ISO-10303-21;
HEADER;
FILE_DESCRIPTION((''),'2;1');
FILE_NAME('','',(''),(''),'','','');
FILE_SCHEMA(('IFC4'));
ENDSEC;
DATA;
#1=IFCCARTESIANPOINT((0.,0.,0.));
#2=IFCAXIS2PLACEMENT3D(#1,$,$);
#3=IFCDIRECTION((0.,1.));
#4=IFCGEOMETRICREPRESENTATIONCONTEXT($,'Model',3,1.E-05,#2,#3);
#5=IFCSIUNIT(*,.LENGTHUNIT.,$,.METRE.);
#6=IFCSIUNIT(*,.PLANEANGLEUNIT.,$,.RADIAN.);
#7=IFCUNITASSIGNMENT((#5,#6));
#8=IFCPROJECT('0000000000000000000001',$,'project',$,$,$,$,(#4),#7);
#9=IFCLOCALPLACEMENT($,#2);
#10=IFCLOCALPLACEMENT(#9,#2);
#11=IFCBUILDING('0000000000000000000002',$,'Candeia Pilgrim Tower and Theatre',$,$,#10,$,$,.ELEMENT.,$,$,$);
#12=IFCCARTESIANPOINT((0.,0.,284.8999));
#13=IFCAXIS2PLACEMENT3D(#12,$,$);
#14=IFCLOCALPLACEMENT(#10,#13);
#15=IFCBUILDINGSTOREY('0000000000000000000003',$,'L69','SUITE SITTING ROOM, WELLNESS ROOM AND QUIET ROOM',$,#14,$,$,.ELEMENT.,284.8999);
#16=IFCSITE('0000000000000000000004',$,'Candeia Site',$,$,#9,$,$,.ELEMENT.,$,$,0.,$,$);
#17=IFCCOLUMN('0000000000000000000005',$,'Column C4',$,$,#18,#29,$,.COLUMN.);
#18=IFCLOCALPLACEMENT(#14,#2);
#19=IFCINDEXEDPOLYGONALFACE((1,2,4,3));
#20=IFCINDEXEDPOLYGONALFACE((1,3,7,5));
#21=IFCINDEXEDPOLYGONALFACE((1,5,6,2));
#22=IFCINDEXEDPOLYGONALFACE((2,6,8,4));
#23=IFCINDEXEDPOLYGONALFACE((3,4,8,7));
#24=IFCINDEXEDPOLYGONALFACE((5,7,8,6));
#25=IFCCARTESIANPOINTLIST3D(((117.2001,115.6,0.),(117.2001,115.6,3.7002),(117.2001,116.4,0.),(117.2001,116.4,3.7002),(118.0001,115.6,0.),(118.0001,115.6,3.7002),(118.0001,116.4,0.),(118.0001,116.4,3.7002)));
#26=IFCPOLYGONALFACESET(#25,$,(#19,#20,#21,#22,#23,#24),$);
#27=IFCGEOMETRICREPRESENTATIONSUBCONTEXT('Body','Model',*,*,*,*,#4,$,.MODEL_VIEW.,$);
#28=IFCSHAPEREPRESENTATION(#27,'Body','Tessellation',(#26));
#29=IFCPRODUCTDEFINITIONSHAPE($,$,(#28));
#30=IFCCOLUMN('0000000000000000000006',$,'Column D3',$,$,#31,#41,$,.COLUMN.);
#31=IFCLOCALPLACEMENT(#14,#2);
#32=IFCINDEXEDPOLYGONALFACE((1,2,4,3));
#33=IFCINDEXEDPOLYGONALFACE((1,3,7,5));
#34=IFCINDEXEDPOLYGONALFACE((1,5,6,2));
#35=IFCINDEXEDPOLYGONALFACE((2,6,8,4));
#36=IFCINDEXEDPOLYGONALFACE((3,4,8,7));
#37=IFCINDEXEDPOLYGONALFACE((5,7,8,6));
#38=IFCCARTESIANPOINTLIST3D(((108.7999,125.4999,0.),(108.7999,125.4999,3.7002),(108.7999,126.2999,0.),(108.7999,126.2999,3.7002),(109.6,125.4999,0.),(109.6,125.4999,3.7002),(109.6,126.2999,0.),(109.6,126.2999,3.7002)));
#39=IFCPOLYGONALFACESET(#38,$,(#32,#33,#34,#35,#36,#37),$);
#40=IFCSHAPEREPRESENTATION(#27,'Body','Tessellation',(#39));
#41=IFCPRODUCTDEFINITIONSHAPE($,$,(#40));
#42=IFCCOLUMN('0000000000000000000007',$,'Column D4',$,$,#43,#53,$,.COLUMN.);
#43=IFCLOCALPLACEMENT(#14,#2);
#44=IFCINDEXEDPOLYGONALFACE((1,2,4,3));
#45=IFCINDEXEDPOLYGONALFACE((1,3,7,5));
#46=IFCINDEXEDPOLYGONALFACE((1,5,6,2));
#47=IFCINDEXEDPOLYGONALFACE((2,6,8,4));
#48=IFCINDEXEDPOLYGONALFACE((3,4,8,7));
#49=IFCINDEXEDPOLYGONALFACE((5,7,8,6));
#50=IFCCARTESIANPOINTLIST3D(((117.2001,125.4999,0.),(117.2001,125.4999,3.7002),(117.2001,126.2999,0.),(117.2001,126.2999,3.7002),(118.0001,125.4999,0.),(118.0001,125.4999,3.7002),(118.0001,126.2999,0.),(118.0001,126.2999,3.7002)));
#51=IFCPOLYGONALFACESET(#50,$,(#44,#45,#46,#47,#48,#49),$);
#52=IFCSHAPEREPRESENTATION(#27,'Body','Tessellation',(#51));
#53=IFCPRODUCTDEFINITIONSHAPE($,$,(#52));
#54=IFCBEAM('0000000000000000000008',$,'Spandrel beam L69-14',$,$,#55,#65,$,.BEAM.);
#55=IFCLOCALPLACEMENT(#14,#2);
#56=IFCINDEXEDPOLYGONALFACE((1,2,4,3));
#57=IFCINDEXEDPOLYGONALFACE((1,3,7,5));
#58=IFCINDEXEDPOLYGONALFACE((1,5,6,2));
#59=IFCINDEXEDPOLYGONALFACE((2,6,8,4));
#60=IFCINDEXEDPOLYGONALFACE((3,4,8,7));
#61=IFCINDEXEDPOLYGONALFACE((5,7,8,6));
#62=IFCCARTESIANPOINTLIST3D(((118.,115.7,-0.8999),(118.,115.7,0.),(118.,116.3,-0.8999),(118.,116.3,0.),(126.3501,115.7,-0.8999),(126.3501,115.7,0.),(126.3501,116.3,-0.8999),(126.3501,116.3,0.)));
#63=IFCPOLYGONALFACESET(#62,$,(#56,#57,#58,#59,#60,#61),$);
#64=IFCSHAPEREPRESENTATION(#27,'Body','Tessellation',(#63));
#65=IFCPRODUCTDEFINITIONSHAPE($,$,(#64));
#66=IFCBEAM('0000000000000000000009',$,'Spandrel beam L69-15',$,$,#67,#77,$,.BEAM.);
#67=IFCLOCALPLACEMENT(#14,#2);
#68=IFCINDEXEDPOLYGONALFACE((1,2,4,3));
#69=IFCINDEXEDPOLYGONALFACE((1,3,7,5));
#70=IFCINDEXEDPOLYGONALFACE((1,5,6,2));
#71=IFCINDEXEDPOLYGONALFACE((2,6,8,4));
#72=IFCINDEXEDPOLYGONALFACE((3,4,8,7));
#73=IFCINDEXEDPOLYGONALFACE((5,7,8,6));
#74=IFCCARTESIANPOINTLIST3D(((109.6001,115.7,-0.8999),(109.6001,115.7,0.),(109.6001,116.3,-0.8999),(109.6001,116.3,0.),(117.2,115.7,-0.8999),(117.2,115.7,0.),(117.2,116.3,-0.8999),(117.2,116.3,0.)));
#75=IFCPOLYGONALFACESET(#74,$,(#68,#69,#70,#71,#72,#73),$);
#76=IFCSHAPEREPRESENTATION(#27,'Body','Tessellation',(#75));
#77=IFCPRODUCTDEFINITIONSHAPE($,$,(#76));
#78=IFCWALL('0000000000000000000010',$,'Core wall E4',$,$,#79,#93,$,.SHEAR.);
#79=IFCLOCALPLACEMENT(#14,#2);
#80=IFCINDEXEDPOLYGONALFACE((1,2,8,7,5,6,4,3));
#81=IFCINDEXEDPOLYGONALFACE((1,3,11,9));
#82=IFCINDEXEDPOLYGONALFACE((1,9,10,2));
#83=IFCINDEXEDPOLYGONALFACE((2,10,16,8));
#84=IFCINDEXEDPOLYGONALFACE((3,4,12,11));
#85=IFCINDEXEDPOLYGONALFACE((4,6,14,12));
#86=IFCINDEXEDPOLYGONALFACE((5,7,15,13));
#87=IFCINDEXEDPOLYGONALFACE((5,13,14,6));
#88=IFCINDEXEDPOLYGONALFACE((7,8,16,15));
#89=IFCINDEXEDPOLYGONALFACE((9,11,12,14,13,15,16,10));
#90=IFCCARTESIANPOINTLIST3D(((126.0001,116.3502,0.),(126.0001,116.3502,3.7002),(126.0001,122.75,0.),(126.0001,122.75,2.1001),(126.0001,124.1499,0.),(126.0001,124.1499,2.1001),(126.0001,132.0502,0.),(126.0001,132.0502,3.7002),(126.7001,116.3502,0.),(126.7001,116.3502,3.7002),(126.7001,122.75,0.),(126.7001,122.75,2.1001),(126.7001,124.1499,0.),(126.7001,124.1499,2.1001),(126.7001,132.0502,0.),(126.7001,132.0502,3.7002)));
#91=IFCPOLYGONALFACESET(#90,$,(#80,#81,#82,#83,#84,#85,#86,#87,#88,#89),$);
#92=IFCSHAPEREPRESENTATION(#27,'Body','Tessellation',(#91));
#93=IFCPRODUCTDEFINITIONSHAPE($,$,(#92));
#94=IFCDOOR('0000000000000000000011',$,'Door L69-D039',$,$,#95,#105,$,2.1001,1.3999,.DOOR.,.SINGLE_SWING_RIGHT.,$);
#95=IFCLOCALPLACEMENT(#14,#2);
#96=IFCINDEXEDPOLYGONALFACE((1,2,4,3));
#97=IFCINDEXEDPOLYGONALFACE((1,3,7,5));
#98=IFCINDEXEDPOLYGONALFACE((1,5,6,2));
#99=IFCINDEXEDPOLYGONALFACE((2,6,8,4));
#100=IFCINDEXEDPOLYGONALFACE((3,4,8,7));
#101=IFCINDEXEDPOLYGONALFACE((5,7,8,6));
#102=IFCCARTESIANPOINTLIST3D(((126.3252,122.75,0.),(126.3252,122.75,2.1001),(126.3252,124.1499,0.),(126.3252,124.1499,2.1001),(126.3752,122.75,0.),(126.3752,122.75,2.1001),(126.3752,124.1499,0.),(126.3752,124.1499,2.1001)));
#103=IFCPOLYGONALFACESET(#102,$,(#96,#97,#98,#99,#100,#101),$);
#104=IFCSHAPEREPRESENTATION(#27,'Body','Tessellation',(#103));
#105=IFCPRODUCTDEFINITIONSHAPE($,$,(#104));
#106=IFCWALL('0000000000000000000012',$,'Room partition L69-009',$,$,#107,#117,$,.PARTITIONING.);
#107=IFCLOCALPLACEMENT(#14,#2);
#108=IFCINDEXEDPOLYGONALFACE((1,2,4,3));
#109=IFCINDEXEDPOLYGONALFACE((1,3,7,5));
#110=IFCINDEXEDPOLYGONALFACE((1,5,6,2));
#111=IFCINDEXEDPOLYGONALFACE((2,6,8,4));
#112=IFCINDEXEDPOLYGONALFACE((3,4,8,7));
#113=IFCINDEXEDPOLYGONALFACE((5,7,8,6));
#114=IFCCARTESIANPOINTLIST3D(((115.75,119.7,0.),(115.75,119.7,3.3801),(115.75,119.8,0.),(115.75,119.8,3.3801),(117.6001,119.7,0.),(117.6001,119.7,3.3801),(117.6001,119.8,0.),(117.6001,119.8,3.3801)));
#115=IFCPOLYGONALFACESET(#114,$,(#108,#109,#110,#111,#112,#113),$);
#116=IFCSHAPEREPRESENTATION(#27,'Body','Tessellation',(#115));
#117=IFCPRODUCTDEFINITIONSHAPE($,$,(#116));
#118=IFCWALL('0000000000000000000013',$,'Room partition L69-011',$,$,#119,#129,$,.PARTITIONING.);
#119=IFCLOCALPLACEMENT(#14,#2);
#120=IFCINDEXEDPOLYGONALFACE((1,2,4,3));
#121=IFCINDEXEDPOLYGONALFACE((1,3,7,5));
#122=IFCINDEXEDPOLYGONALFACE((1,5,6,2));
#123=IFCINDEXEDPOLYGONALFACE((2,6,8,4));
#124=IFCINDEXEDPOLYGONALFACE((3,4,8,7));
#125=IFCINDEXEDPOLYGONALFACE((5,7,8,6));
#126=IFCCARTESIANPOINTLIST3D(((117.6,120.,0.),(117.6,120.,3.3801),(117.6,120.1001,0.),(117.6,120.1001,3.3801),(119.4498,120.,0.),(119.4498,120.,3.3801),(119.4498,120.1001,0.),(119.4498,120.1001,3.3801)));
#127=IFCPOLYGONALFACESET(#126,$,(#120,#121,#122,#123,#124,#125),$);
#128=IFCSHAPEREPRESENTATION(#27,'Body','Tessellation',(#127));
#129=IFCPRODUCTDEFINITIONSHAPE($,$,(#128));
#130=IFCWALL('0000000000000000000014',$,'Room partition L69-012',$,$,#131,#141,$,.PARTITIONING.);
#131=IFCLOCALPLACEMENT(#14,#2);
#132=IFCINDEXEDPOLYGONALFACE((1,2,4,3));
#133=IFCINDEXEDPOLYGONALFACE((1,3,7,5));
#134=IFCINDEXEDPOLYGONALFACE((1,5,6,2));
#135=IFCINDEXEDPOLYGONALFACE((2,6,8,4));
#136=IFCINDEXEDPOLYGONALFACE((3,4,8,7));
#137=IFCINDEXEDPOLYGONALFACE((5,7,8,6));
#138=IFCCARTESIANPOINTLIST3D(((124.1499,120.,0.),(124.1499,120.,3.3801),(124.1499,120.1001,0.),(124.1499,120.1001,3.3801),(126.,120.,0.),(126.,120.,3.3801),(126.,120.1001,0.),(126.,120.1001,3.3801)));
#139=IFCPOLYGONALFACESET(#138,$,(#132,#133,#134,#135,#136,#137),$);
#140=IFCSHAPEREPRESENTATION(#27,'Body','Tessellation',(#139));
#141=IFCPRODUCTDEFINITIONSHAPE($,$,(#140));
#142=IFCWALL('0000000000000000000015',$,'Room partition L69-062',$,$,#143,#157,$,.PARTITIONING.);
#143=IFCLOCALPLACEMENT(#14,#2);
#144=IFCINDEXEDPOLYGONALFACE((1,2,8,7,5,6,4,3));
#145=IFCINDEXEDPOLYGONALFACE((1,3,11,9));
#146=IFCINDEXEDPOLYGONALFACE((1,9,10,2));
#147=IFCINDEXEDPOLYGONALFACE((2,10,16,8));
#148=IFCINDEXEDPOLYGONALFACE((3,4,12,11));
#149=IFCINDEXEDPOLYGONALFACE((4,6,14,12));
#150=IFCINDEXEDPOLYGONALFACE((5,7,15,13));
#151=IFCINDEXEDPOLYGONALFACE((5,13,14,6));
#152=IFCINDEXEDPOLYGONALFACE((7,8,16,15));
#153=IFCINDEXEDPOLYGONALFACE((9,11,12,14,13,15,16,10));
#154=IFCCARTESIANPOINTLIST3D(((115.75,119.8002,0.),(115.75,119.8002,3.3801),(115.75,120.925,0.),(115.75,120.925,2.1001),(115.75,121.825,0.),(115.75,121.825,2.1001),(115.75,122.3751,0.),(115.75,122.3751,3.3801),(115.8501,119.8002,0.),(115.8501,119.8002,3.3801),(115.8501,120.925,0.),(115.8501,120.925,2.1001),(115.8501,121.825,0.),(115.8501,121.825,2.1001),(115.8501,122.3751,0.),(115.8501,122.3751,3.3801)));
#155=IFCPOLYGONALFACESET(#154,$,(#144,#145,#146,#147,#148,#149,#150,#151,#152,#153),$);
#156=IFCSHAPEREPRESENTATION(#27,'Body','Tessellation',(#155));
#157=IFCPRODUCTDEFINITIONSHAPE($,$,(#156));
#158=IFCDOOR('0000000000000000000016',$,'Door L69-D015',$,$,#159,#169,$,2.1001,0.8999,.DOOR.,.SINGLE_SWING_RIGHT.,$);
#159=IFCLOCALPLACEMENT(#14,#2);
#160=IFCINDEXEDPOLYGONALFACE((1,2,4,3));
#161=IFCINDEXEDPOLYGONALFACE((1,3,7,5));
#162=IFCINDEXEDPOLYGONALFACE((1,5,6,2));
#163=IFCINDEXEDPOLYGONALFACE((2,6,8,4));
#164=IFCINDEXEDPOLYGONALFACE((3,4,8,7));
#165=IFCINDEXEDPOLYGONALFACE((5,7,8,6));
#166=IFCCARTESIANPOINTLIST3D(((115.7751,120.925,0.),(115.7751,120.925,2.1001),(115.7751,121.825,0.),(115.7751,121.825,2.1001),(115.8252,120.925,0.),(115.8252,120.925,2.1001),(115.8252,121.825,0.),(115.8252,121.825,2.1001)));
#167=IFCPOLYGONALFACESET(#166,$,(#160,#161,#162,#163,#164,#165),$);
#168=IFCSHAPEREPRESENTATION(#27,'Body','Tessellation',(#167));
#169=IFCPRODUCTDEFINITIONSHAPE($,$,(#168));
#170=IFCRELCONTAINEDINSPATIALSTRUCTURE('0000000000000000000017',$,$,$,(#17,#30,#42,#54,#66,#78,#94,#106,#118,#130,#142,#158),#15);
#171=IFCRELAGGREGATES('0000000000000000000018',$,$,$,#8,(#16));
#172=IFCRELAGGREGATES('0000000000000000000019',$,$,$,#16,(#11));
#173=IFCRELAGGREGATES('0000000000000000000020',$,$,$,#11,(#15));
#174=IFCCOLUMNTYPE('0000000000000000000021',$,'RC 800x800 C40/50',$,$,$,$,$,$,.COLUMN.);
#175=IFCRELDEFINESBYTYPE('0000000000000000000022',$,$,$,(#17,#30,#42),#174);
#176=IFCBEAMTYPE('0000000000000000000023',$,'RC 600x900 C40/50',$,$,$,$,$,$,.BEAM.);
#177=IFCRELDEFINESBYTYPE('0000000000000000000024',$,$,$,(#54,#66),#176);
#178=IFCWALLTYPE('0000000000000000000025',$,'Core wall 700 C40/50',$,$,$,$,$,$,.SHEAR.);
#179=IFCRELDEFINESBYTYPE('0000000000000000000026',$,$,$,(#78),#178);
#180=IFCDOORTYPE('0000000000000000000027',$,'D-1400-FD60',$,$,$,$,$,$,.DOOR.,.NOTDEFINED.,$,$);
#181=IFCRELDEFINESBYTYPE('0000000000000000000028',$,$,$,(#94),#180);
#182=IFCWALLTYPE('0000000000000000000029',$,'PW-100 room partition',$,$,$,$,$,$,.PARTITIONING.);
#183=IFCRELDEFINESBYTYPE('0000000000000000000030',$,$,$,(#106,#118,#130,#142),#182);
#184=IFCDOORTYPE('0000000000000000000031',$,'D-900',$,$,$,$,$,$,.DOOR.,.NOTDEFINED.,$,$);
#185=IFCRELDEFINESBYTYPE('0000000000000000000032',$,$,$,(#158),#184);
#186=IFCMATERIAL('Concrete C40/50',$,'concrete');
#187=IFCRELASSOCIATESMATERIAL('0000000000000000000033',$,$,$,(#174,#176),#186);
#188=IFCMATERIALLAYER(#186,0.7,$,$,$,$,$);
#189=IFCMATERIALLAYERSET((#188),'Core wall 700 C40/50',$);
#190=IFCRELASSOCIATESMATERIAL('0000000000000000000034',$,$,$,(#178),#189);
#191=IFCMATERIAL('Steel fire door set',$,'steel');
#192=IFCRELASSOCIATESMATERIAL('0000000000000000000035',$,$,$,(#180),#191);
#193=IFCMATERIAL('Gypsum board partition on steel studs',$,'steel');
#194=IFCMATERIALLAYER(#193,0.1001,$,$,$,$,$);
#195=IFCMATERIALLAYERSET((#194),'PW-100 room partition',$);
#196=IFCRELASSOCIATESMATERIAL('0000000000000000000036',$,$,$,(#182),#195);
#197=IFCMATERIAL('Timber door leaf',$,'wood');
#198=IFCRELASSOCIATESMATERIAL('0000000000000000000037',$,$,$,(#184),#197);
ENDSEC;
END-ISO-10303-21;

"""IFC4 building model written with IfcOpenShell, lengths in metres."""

from ifc_helpers import new_model, si_unit, direction, frame, frame_2d, origin, origin_2d, place, context, subcontext, project, spatial, rectangle, extrude, material, layer, layer_set, material_profile, profile_set, type_object, element, fill, save


model = new_model("IFC4")

# Units and contexts
model_context = context("Model", 3, precision=1e-05, world=origin(), true_north=direction((0.0, 1.0)))
body_context = subcontext(model_context, "Body", "Model", "MODEL_VIEW")
ifc_project = project(units=[si_unit("LENGTHUNIT", "METRE"), si_unit("PLANEANGLEUNIT", "RADIAN")], contexts=[model_context])

# Site, building, storey
site_placement = place(None, origin())
site = spatial("IfcSite", under=ifc_project, at=site_placement, Name="Candeia Site", CompositionType="ELEMENT", RefElevation=0.0)
building_placement = place(site_placement, origin())
building = spatial("IfcBuilding", under=site, at=building_placement, Name="Candeia Pilgrim Tower and Theatre", CompositionType="ELEMENT")
storey_placement = place(building_placement, frame((0.0, 0.0, 284.8999)))
storey = spatial("IfcBuildingStorey", under=building, at=storey_placement, Name="L69", Description="SUITE SITTING ROOM, WELLNESS ROOM AND QUIET ROOM", CompositionType="ELEMENT", Elevation=284.8999)

# Columns
ifc_material_1 = material(Name="Concrete C40/50", Category="concrete")
ifc_material_profile_1 = material_profile(ifc_material_1, rectangle(XDim=0.8, YDim=0.8, at=origin_2d()))
ifc_profile_set_1 = profile_set([ifc_material_profile_1], Name="Concrete C40/50")
column_type = type_object("IfcColumnType", Name="RC 800x800 C40/50", PredefinedType="COLUMN", material=ifc_profile_set_1)
for number, where, z_axis, x_axis, name in (
    (1, (117.6001, 116.0, 0.0), (0.0, 0.0, 1.0), (1.0, 0.0, 0.0), "Column C4"),
    (2, (109.2, 125.8999, 0.0), (0.0, 0.0, 1.0), (1.0, 0.0, 0.0), "Column D3"),
    (3, (117.6001, 125.8999, 0.0), (0.0, 0.0, 1.0), (1.0, 0.0, 0.0), "Column D4"),
):
    element("IfcColumn", number, at=place(storey_placement, frame(where, z_axis=z_axis, x_axis=x_axis)), inside=storey, type_object=column_type, Name=name, PredefinedType="COLUMN", context=body_context, shape_type="SweptSolid", body=[
        extrude(rectangle(XDim=0.8, YDim=0.8, at=origin_2d()), origin(), (0.0, 0.0, 1.0), 3.7002),
    ])

# Beams
ifc_material_profile_2 = material_profile(ifc_material_1, rectangle(XDim=0.6001, YDim=0.8999, at=origin_2d()))
ifc_profile_set_2 = profile_set([ifc_material_profile_2], Name="Concrete C40/50")
beam_type = type_object("IfcBeamType", Name="RC 600x900 C40/50", PredefinedType="BEAM", material=ifc_profile_set_2)
beam_1_placement = place(storey_placement, frame((126.3501, 116.0, -0.45), z_axis=(-1.0, 0.0, 0.0), x_axis=(0.0, -1.0, 0.0)))
element("IfcBeam", 4, at=beam_1_placement, inside=storey, type_object=beam_type, Name="Spandrel beam L69-14", PredefinedType="BEAM", context=body_context, shape_type="SweptSolid", body=[
    extrude(rectangle(XDim=0.6001, YDim=0.8999, at=origin_2d()), origin(), (0.0, 0.0, 1.0), 8.3501),
])
beam_2_placement = place(storey_placement, frame((117.2, 116.0, -0.45), z_axis=(-1.0, 0.0, 0.0), x_axis=(0.0, -1.0, 0.0)))
element("IfcBeam", 5, at=beam_2_placement, inside=storey, type_object=beam_type, Name="Spandrel beam L69-15", PredefinedType="BEAM", context=body_context, shape_type="SweptSolid", body=[
    extrude(rectangle(XDim=0.6001, YDim=0.8999, at=origin_2d()), origin(), (0.0, 0.0, 1.0), 7.5999),
])

# Wall, opening, door
ifc_layer_1 = layer(ifc_material_1, 0.7)
ifc_layer_set_1 = layer_set([ifc_layer_1], Name="Core wall 700 C40/50")
wall_type_1 = type_object("IfcWallType", Name="Core wall 700 C40/50", PredefinedType="SHEAR", material=ifc_layer_set_1)
wall_1_placement = place(storey_placement, frame((126.3501, 116.3501, 0.0), z_axis=(0.0, 0.0, 1.0), x_axis=(0.0, 1.0, 0.0)))
wall_1 = element("IfcWall", 6, at=wall_1_placement, inside=storey, type_object=wall_type_1, Name="Core wall E4", PredefinedType="SHEAR", context=body_context, shape_type="SweptSolid", body=[
    extrude(rectangle(XDim=15.7, YDim=0.7, at=frame_2d((7.8501, 0.0))), origin(), (0.0, 0.0, 1.0), 3.7002),
])
opening_1_placement = place(wall_1_placement, frame((6.3999, 0.0, 0.0)))
opening_1 = element("IfcOpeningElement", 7, at=opening_1_placement, cuts=wall_1, PredefinedType="OPENING", context=body_context, shape_type="SweptSolid", body=[
    extrude(rectangle(XDim=1.3999, YDim=2.1001, at=frame_2d((0.7, 1.05))), frame((0.0, 0.3599, 0.0), z_axis=(0.0, -1.0, 0.0), x_axis=(1.0, 0.0, 0.0)), (0.0, 0.0, 1.0), 0.72),
])
ifc_material_2 = material(Name="Steel fire door set", Category="steel")
door_type_1 = type_object("IfcDoorType", Name="D-1400-FD60", OperationType="NOTDEFINED", PredefinedType="DOOR", material=ifc_material_2)
door_1_placement = place(opening_1_placement, origin())
door_1 = element("IfcDoor", 8, at=door_1_placement, inside=storey, type_object=door_type_1, Name="Door L69-D039", OperationType="SINGLE_SWING_RIGHT", OverallHeight=2.1001, OverallWidth=1.3999, PredefinedType="DOOR", context=body_context, shape_type="SweptSolid", body=[
    extrude(rectangle(XDim=1.3999, YDim=2.1001, at=frame_2d((0.7, 1.05))), frame((0.0, 0.0249, 0.0), z_axis=(0.0, -1.0, 0.0), x_axis=(1.0, 0.0, 0.0)), (0.0, 0.0, 1.0), 0.05),
])
fill(opening_1, door_1)

# Walls
ifc_material_3 = material(Name="Gypsum board partition on steel studs", Category="steel")
ifc_layer_2 = layer(ifc_material_3, 0.1001)
ifc_layer_set_2 = layer_set([ifc_layer_2], Name="PW-100 room partition")
wall_type_2 = type_object("IfcWallType", Name="PW-100 room partition", PredefinedType="PARTITIONING", material=ifc_layer_set_2)
wall_2_placement = place(storey_placement, frame((115.75, 119.75, 0.0), z_axis=(0.0, 0.0, 1.0), x_axis=(1.0, 0.0, 0.0)))
element("IfcWall", 9, at=wall_2_placement, inside=storey, type_object=wall_type_2, Name="Room partition L69-009", PredefinedType="PARTITIONING", context=body_context, shape_type="SweptSolid", body=[
    extrude(rectangle(XDim=1.8501, YDim=0.1001, at=frame_2d((0.925, 0.0))), origin(), (0.0, 0.0, 1.0), 3.3801),
])
wall_3_placement = place(storey_placement, frame((117.6001, 120.05, 0.0), z_axis=(0.0, 0.0, 1.0), x_axis=(1.0, 0.0, 0.0)))
element("IfcWall", 10, at=wall_3_placement, inside=storey, type_object=wall_type_2, Name="Room partition L69-011", PredefinedType="PARTITIONING", context=body_context, shape_type="SweptSolid", body=[
    extrude(rectangle(XDim=1.8499, YDim=0.1001, at=frame_2d((0.9248, 0.0))), origin(), (0.0, 0.0, 1.0), 3.3801),
])
wall_4_placement = place(storey_placement, frame((124.1499, 120.05, 0.0), z_axis=(0.0, 0.0, 1.0), x_axis=(1.0, 0.0, 0.0)))
element("IfcWall", 11, at=wall_4_placement, inside=storey, type_object=wall_type_2, Name="Room partition L69-012", PredefinedType="PARTITIONING", context=body_context, shape_type="SweptSolid", body=[
    extrude(rectangle(XDim=1.8501, YDim=0.1001, at=frame_2d((0.925, 0.0))), origin(), (0.0, 0.0, 1.0), 3.3801),
])

# Wall, opening, door
wall_5_placement = place(storey_placement, frame((115.8, 119.8, 0.0), z_axis=(0.0, 0.0, 1.0), x_axis=(0.0, 1.0, 0.0)))
wall_5 = element("IfcWall", 12, at=wall_5_placement, inside=storey, type_object=wall_type_2, Name="Room partition L69-062", PredefinedType="PARTITIONING", context=body_context, shape_type="SweptSolid", body=[
    extrude(rectangle(XDim=2.575, YDim=0.1001, at=frame_2d((1.2876, 0.0))), origin(), (0.0, 0.0, 1.0), 3.3801),
])
opening_2_placement = place(wall_5_placement, frame((1.125, 0.0, 0.0)))
opening_2 = element("IfcOpeningElement", 13, at=opening_2_placement, cuts=wall_5, PredefinedType="OPENING", context=body_context, shape_type="SweptSolid", body=[
    extrude(rectangle(XDim=0.8999, YDim=2.1001, at=frame_2d((0.45, 1.05))), frame((0.0, 0.0601, 0.0), z_axis=(0.0, -1.0, 0.0), x_axis=(1.0, 0.0, 0.0)), (0.0, 0.0, 1.0), 0.1201),
])
ifc_material_4 = material(Name="Timber door leaf", Category="wood")
door_type_2 = type_object("IfcDoorType", Name="D-900", OperationType="NOTDEFINED", PredefinedType="DOOR", material=ifc_material_4)
door_2_placement = place(opening_2_placement, origin())
door_2 = element("IfcDoor", 14, at=door_2_placement, inside=storey, type_object=door_type_2, Name="Door L69-D015", OperationType="SINGLE_SWING_RIGHT", OverallHeight=2.1001, OverallWidth=0.8999, PredefinedType="DOOR", context=body_context, shape_type="SweptSolid", body=[
    extrude(rectangle(XDim=0.8999, YDim=2.1001, at=frame_2d((0.45, 1.05))), frame((0.0, 0.0249, 0.0), z_axis=(0.0, -1.0, 0.0), x_axis=(1.0, 0.0, 0.0)), (0.0, 0.0, 1.0), 0.05),
])
fill(opening_2, door_2)

save(model, "model.ifc")
